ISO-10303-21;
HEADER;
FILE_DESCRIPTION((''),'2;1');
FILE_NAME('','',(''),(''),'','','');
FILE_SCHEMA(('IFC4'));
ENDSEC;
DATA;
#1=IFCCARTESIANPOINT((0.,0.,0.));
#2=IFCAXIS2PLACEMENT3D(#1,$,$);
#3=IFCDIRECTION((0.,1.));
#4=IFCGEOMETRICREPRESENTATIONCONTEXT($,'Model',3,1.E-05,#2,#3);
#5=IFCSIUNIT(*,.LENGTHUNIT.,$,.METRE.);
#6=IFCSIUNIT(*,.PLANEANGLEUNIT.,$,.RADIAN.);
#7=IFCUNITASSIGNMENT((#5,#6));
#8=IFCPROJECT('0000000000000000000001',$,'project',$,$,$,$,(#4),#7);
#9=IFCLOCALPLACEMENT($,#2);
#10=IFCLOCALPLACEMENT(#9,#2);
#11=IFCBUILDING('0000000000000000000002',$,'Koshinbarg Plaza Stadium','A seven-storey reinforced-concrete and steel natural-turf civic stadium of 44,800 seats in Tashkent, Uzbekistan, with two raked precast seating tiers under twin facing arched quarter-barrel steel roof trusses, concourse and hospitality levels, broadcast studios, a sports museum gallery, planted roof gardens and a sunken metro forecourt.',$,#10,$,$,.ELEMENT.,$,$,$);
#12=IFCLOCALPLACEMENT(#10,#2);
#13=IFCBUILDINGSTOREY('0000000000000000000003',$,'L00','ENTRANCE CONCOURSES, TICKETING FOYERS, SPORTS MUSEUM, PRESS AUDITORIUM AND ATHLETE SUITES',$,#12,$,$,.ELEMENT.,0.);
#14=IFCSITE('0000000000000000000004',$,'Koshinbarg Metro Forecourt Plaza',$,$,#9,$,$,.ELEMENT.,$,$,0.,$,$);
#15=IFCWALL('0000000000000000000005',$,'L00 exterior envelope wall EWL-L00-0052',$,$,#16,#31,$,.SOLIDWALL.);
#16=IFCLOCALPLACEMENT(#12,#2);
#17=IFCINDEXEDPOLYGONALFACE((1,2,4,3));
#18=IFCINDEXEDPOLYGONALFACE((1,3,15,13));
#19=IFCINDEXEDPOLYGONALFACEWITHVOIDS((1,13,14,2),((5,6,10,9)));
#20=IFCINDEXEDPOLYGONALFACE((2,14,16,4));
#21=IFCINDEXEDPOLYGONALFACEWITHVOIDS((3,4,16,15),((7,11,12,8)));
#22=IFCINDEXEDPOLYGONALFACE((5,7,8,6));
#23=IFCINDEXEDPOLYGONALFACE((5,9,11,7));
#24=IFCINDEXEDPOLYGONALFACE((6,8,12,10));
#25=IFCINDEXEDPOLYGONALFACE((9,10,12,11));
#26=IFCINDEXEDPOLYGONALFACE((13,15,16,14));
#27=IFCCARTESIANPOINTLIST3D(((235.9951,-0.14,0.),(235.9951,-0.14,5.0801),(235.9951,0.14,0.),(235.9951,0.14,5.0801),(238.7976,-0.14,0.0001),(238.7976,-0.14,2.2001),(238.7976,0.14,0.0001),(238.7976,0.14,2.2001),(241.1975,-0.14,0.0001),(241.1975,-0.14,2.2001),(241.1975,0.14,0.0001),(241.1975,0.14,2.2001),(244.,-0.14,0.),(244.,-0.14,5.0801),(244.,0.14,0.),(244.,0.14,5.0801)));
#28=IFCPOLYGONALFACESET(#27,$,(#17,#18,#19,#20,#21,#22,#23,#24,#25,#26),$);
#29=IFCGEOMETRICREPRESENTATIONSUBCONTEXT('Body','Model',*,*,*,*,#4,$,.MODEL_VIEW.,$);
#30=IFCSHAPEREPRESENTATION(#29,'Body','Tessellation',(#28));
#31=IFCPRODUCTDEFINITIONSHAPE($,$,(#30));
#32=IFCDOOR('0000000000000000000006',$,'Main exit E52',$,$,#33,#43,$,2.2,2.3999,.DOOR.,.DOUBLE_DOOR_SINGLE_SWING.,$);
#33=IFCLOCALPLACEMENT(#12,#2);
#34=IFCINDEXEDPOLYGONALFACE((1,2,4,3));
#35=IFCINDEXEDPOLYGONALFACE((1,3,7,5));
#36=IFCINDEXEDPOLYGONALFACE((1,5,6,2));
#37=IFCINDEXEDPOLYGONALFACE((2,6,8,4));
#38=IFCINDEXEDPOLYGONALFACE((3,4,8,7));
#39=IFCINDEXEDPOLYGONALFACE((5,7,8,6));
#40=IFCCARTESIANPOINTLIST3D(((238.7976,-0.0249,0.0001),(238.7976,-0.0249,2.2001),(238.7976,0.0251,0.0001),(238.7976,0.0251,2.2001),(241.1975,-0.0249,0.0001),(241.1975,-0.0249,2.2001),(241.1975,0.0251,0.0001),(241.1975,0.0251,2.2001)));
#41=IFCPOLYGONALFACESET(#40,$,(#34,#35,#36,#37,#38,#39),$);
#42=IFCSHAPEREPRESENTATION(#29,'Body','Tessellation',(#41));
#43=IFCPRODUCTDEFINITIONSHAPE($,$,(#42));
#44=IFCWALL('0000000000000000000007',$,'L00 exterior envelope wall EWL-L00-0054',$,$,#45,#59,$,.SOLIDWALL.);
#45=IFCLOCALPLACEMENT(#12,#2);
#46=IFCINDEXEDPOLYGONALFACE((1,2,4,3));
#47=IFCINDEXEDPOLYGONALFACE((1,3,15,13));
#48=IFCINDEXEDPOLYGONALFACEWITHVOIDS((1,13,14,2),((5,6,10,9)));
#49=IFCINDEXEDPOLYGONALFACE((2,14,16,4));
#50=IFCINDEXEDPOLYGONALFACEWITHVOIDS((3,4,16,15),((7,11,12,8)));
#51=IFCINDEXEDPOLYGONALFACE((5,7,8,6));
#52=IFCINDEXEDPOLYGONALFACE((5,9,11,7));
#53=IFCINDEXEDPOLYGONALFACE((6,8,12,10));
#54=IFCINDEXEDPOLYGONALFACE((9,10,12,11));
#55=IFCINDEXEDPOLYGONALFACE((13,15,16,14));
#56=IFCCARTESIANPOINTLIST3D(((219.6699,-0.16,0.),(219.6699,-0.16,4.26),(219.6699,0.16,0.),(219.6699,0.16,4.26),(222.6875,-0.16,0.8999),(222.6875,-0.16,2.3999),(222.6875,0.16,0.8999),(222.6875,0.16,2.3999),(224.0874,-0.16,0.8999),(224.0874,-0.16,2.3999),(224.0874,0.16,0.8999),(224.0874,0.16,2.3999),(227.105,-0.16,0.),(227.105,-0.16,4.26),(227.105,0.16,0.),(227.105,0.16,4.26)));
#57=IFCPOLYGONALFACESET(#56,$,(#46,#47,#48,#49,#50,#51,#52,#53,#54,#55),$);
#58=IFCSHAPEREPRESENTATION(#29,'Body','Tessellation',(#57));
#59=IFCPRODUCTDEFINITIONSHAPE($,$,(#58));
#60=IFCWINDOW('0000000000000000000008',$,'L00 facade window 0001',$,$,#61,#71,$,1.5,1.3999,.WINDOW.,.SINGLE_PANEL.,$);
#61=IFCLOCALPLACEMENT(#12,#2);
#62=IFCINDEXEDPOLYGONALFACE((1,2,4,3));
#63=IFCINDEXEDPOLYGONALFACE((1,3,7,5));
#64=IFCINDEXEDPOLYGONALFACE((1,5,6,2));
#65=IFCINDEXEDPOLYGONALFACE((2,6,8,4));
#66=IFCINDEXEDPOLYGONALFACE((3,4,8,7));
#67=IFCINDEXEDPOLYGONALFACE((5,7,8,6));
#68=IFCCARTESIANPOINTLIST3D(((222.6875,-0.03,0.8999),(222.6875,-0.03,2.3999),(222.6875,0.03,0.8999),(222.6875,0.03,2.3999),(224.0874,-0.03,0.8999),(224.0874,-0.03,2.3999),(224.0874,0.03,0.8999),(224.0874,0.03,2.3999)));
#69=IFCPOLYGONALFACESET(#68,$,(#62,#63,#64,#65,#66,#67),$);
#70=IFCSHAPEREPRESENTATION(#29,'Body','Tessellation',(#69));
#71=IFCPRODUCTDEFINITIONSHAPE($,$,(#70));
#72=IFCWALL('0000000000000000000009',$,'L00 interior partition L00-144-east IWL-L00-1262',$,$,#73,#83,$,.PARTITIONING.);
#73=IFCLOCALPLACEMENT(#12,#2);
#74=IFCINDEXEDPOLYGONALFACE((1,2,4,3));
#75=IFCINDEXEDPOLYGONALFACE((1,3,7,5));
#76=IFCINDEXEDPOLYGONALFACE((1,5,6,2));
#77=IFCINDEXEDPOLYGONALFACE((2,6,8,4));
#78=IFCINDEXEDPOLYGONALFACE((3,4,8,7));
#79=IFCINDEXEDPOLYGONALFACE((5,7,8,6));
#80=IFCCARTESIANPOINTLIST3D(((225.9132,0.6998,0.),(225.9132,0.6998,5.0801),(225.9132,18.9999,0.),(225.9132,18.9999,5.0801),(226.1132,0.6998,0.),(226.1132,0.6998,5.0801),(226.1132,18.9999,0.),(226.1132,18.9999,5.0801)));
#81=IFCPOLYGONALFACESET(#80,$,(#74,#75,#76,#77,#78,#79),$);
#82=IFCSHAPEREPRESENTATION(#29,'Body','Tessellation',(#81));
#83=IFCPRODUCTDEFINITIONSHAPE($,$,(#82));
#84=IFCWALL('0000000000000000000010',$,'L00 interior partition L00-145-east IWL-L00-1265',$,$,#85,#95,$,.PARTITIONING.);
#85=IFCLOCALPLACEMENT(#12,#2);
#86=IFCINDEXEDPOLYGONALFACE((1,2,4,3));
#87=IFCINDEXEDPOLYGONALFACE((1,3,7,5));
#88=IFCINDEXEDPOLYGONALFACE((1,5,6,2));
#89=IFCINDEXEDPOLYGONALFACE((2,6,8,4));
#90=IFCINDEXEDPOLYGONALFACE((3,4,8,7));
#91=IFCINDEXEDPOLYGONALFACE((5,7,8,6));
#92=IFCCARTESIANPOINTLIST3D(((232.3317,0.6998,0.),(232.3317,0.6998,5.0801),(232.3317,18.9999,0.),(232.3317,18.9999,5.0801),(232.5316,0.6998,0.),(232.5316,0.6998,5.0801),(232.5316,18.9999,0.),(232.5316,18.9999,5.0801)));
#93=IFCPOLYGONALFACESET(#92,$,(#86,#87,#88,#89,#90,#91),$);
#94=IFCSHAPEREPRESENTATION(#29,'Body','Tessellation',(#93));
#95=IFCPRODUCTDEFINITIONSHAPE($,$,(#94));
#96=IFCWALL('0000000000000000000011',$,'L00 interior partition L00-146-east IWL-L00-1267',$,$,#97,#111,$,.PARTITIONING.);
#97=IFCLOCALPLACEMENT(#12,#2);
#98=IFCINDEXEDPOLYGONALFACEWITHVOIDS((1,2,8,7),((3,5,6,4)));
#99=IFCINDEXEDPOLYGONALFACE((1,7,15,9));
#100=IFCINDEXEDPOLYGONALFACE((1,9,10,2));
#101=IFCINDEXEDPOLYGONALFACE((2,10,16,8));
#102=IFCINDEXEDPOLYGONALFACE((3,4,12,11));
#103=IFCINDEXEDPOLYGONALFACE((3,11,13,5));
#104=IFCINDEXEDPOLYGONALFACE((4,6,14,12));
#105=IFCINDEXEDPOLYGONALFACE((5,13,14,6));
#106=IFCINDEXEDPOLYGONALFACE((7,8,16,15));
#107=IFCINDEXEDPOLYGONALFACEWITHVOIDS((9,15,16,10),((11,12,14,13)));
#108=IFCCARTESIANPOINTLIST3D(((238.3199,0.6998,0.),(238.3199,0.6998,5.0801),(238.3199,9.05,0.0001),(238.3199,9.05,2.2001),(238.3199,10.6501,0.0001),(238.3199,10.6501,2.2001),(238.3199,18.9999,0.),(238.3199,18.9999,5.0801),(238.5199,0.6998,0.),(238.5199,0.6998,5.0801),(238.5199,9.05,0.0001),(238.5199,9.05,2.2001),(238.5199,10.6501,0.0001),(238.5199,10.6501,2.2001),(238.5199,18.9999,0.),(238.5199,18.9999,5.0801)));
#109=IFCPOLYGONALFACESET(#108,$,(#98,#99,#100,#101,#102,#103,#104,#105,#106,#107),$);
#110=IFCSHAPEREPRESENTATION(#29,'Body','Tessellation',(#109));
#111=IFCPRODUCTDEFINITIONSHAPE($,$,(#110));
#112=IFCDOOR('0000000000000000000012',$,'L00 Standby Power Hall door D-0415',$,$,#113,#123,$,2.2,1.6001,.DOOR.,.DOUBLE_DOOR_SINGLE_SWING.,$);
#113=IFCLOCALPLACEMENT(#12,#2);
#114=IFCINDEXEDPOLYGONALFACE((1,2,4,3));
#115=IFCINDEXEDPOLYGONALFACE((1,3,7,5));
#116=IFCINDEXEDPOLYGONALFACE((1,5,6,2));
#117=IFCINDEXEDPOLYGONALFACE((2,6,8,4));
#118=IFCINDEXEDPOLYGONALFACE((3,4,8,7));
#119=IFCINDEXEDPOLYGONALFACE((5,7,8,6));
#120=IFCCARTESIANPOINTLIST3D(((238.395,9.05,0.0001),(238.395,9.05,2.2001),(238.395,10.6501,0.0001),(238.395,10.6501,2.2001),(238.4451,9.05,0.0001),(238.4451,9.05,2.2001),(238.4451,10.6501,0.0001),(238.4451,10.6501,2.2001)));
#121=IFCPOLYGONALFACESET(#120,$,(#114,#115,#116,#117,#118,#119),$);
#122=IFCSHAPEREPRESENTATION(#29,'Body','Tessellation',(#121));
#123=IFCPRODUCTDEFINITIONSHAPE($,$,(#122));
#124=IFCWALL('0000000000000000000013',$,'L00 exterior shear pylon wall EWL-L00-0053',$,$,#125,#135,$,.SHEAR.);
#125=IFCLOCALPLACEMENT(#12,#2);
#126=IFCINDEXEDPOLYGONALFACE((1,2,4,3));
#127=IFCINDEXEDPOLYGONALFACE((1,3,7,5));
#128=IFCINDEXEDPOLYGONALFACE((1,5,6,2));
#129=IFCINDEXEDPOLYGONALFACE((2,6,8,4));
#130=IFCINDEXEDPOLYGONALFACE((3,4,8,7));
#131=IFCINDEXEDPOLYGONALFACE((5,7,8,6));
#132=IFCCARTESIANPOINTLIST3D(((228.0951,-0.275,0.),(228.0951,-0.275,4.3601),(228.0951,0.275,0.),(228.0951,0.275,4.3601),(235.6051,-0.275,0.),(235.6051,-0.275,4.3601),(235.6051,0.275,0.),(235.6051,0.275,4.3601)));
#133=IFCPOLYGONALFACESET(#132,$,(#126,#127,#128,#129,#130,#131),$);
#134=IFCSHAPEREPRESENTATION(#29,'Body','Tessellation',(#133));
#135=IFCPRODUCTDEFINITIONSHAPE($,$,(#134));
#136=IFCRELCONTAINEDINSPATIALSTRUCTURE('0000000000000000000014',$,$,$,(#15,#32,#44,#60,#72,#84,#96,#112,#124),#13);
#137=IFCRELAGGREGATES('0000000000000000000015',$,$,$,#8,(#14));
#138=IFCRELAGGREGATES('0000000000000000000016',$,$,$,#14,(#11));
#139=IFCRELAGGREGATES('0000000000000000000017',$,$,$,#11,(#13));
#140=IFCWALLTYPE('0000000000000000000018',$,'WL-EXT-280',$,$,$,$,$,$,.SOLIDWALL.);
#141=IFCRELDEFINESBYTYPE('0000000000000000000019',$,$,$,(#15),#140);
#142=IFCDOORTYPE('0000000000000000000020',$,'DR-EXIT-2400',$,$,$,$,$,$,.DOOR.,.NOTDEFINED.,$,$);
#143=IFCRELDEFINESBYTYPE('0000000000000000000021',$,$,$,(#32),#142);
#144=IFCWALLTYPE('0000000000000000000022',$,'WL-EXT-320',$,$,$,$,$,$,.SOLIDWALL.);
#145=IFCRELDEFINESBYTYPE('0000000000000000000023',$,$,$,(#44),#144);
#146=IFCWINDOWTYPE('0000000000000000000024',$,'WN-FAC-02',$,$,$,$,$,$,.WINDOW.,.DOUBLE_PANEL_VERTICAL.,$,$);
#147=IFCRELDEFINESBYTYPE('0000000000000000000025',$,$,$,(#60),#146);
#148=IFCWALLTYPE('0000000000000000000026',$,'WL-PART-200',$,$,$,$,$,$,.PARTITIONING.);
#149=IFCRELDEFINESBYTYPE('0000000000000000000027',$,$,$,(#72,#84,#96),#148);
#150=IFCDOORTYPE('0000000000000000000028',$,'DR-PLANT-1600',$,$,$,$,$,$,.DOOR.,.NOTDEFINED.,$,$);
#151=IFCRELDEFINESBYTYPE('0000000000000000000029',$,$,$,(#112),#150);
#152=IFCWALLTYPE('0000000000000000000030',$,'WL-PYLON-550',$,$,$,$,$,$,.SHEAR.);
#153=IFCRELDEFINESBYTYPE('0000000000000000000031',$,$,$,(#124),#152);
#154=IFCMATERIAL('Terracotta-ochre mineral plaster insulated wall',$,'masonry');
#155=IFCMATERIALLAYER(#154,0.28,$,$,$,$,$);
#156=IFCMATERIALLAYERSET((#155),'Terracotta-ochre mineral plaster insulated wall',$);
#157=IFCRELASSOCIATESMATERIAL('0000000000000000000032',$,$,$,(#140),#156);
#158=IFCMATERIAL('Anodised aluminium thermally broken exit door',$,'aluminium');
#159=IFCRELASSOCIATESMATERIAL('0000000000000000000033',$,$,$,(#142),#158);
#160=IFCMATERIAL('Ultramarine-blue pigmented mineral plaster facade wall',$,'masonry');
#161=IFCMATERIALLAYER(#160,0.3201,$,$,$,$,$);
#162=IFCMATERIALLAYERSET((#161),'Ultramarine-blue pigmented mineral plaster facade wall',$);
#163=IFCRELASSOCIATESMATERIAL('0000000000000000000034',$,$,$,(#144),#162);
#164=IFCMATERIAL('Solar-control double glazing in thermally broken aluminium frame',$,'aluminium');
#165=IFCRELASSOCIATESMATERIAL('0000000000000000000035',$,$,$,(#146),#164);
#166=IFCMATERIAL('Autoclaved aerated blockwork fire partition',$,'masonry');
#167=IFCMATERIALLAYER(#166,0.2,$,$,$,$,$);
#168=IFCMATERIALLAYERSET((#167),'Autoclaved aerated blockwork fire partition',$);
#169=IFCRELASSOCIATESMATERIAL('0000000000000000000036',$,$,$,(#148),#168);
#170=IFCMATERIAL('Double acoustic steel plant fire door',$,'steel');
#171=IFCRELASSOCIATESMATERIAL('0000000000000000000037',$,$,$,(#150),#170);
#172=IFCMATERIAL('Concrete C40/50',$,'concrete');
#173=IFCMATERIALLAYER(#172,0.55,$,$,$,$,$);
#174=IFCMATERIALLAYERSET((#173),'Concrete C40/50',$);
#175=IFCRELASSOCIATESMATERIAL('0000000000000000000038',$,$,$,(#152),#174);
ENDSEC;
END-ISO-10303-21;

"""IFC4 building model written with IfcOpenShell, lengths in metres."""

from ifc_helpers import new_model, si_unit, direction, frame, frame_2d, origin, place, context, subcontext, project, spatial, rectangle, extrude, material, layer, layer_set, type_object, element, fill, save


model = new_model("IFC4")

# Units and contexts
model_context = context("Model", 3, precision=1e-05, world=origin(), true_north=direction((0.0, 1.0)))
body_context = subcontext(model_context, "Body", "Model", "MODEL_VIEW")
ifc_project = project(units=[si_unit("LENGTHUNIT", "METRE"), si_unit("PLANEANGLEUNIT", "RADIAN")], contexts=[model_context])

# Site, building, storey
site_placement = place(None, origin())
site = spatial("IfcSite", under=ifc_project, at=site_placement, Name="Koshinbarg Metro Forecourt Plaza", CompositionType="ELEMENT", RefElevation=0.0)
building_placement = place(site_placement, origin())
building = spatial("IfcBuilding", under=site, at=building_placement, Name="Koshinbarg Plaza Stadium", Description="A seven-storey reinforced-concrete and steel natural-turf civic stadium of 44,800 seats in Tashkent, Uzbekistan, with two raked precast seating tiers under twin facing arched quarter-barrel steel roof trusses, concourse and hospitality levels, broadcast studios, a sports museum gallery, planted roof gardens and a sunken metro forecourt.", CompositionType="ELEMENT")
storey_placement = place(building_placement, origin())
storey = spatial("IfcBuildingStorey", under=building, at=storey_placement, Name="L00", Description="ENTRANCE CONCOURSES, TICKETING FOYERS, SPORTS MUSEUM, PRESS AUDITORIUM AND ATHLETE SUITES", CompositionType="ELEMENT", Elevation=0.0)

# Shared definitions
ifc_material_1 = material(Name="Concrete C40/50", Category="concrete")

# Wall, opening, door
ifc_material_2 = material(Name="Terracotta-ochre mineral plaster insulated wall", Category="masonry")
ifc_layer_1 = layer(ifc_material_2, 0.28)
ifc_layer_set_1 = layer_set([ifc_layer_1], Name="Terracotta-ochre mineral plaster insulated wall")
wall_type_1 = type_object("IfcWallType", Name="WL-EXT-280", PredefinedType="SOLIDWALL", material=ifc_layer_set_1)
wall_1_placement = place(storey_placement, frame((244.0, 0.0, 0.0), z_axis=(0.0, 0.0, 1.0), x_axis=(-1.0, 0.0, 0.0)))
wall_1 = element("IfcWall", 1, at=wall_1_placement, inside=storey, type_object=wall_type_1, Name="L00 exterior envelope wall EWL-L00-0052", PredefinedType="SOLIDWALL", context=body_context, shape_type="SweptSolid", body=[
    extrude(rectangle(XDim=8.0049, YDim=0.28, at=frame_2d((4.0024, 0.0))), origin(), (0.0, 0.0, 1.0), 5.0801),
])
opening_1_placement = place(wall_1_placement, frame((2.8025, 0.0, 0.0)))
opening_1 = element("IfcOpeningElement", 2, at=opening_1_placement, cuts=wall_1, PredefinedType="OPENING", context=body_context, shape_type="SweptSolid", body=[
    extrude(rectangle(XDim=2.3999, YDim=2.2, at=frame_2d((1.2, 1.1001))), frame((0.0, 0.1499, 0.0), z_axis=(0.0, -1.0, 0.0), x_axis=(1.0, 0.0, 0.0)), (0.0, 0.0, 1.0), 0.3),
])
ifc_material_3 = material(Name="Anodised aluminium thermally broken exit door", Category="aluminium")
door_type_1 = type_object("IfcDoorType", Name="DR-EXIT-2400", OperationType="NOTDEFINED", PredefinedType="DOOR", material=ifc_material_3)
door_1_placement = place(opening_1_placement, origin())
door_1 = element("IfcDoor", 3, at=door_1_placement, inside=storey, type_object=door_type_1, Name="Main exit E52", OperationType="DOUBLE_DOOR_SINGLE_SWING", OverallHeight=2.2, OverallWidth=2.3999, PredefinedType="DOOR", context=body_context, shape_type="SweptSolid", body=[
    extrude(rectangle(XDim=2.3999, YDim=2.2, at=frame_2d((1.2, 1.1001))), frame((0.0, 0.0249, 0.0), z_axis=(0.0, -1.0, 0.0), x_axis=(1.0, 0.0, 0.0)), (0.0, 0.0, 1.0), 0.05),
])
fill(opening_1, door_1)

# Wall, opening, window
ifc_material_4 = material(Name="Ultramarine-blue pigmented mineral plaster facade wall", Category="masonry")
ifc_layer_2 = layer(ifc_material_4, 0.3201)
ifc_layer_set_2 = layer_set([ifc_layer_2], Name="Ultramarine-blue pigmented mineral plaster facade wall")
wall_type_2 = type_object("IfcWallType", Name="WL-EXT-320", PredefinedType="SOLIDWALL", material=ifc_layer_set_2)
wall_2_placement = place(storey_placement, frame((227.105, 0.0, 0.0), z_axis=(0.0, 0.0, 1.0), x_axis=(-1.0, 0.0, 0.0)))
wall_2 = element("IfcWall", 4, at=wall_2_placement, inside=storey, type_object=wall_type_2, Name="L00 exterior envelope wall EWL-L00-0054", PredefinedType="SOLIDWALL", context=body_context, shape_type="SweptSolid", body=[
    extrude(rectangle(XDim=7.4351, YDim=0.3201, at=frame_2d((3.7175, 0.0))), origin(), (0.0, 0.0, 1.0), 4.26),
])
opening_2_placement = place(wall_2_placement, frame((3.0176, 0.0, 0.8999)))
opening_2 = element("IfcOpeningElement", 5, at=opening_2_placement, cuts=wall_2, PredefinedType="OPENING", context=body_context, shape_type="SweptSolid", body=[
    extrude(rectangle(XDim=1.3999, YDim=1.5, at=frame_2d((0.7, 0.75))), frame((0.0, 0.1699, 0.0), z_axis=(0.0, -1.0, 0.0), x_axis=(1.0, 0.0, 0.0)), (0.0, 0.0, 1.0), 0.3401),
])
ifc_material_5 = material(Name="Solar-control double glazing in thermally broken aluminium frame", Category="aluminium")
window_type = type_object("IfcWindowType", Name="WN-FAC-02", PartitioningType="DOUBLE_PANEL_VERTICAL", PredefinedType="WINDOW", material=ifc_material_5)
window_placement = place(opening_2_placement, origin())
window = element("IfcWindow", 6, at=window_placement, inside=storey, type_object=window_type, Name="L00 facade window 0001", OverallHeight=1.5, OverallWidth=1.3999, PartitioningType="SINGLE_PANEL", PredefinedType="WINDOW", context=body_context, shape_type="SweptSolid", body=[
    extrude(rectangle(XDim=1.3999, YDim=1.5, at=frame_2d((0.7, 0.75))), frame((0.0, 0.03, 0.0), z_axis=(0.0, -1.0, 0.0), x_axis=(1.0, 0.0, 0.0)), (0.0, 0.0, 1.0), 0.0601),
])
fill(opening_2, window)

# Walls
ifc_material_6 = material(Name="Autoclaved aerated blockwork fire partition", Category="masonry")
ifc_layer_3 = layer(ifc_material_6, 0.2)
ifc_layer_set_3 = layer_set([ifc_layer_3], Name="Autoclaved aerated blockwork fire partition")
wall_type_3 = type_object("IfcWallType", Name="WL-PART-200", PredefinedType="PARTITIONING", material=ifc_layer_set_3)
for number, where, z_axis, x_axis, name in (
    (7, (226.0132, 0.7, 0.0), (0.0, 0.0, 1.0), (0.0, 1.0, 0.0), "L00 interior partition L00-144-east IWL-L00-1262"),
    (8, (232.4316, 0.7, 0.0), (0.0, 0.0, 1.0), (0.0, 1.0, 0.0), "L00 interior partition L00-145-east IWL-L00-1265"),
):
    element("IfcWall", number, at=place(storey_placement, frame(where, z_axis=z_axis, x_axis=x_axis)), inside=storey, type_object=wall_type_3, Name=name, PredefinedType="PARTITIONING", context=body_context, shape_type="SweptSolid", body=[
        extrude(rectangle(XDim=18.3, YDim=0.2, at=frame_2d((9.1499, 0.0))), origin(), (0.0, 0.0, 1.0), 5.0801),
    ])

# Wall, opening, door
wall_3_placement = place(storey_placement, frame((238.4199, 0.7, 0.0), z_axis=(0.0, 0.0, 1.0), x_axis=(0.0, 1.0, 0.0)))
wall_3 = element("IfcWall", 9, at=wall_3_placement, inside=storey, type_object=wall_type_3, Name="L00 interior partition L00-146-east IWL-L00-1267", PredefinedType="PARTITIONING", context=body_context, shape_type="SweptSolid", body=[
    extrude(rectangle(XDim=18.3, YDim=0.2, at=frame_2d((9.1499, 0.0))), origin(), (0.0, 0.0, 1.0), 5.0801),
])
opening_3_placement = place(wall_3_placement, frame((8.3501, 0.0, 0.0)))
opening_3 = element("IfcOpeningElement", 10, at=opening_3_placement, cuts=wall_3, PredefinedType="OPENING", context=body_context, shape_type="SweptSolid", body=[
    extrude(rectangle(XDim=1.6001, YDim=2.2, at=frame_2d((0.8, 1.1001))), frame((0.0, 0.1099, 0.0), z_axis=(0.0, -1.0, 0.0), x_axis=(1.0, 0.0, 0.0)), (0.0, 0.0, 1.0), 0.22),
])
ifc_material_7 = material(Name="Double acoustic steel plant fire door", Category="steel")
door_type_2 = type_object("IfcDoorType", Name="DR-PLANT-1600", OperationType="NOTDEFINED", PredefinedType="DOOR", material=ifc_material_7)
door_2_placement = place(opening_3_placement, origin())
door_2 = element("IfcDoor", 11, at=door_2_placement, inside=storey, type_object=door_type_2, Name="L00 Standby Power Hall door D-0415", OperationType="DOUBLE_DOOR_SINGLE_SWING", OverallHeight=2.2, OverallWidth=1.6001, PredefinedType="DOOR", context=body_context, shape_type="SweptSolid", body=[
    extrude(rectangle(XDim=1.6001, YDim=2.2, at=frame_2d((0.8, 1.1001))), frame((0.0, 0.0249, 0.0), z_axis=(0.0, -1.0, 0.0), x_axis=(1.0, 0.0, 0.0)), (0.0, 0.0, 1.0), 0.05),
])
fill(opening_3, door_2)

# Wall
ifc_layer_4 = layer(ifc_material_1, 0.55)
ifc_layer_set_4 = layer_set([ifc_layer_4], Name="Concrete C40/50")
wall_type_4 = type_object("IfcWallType", Name="WL-PYLON-550", PredefinedType="SHEAR", material=ifc_layer_set_4)
wall_4_placement = place(storey_placement, frame((235.605, 0.0, 0.0), z_axis=(0.0, 0.0, 1.0), x_axis=(-1.0, 0.0, 0.0)))
element("IfcWall", 12, at=wall_4_placement, inside=storey, type_object=wall_type_4, Name="L00 exterior shear pylon wall EWL-L00-0053", PredefinedType="SHEAR", context=body_context, shape_type="SweptSolid", body=[
    extrude(rectangle(XDim=7.51, YDim=0.55, at=frame_2d((3.7549, 0.0))), origin(), (0.0, 0.0, 1.0), 4.3601),
])

save(model, "model.ifc")
